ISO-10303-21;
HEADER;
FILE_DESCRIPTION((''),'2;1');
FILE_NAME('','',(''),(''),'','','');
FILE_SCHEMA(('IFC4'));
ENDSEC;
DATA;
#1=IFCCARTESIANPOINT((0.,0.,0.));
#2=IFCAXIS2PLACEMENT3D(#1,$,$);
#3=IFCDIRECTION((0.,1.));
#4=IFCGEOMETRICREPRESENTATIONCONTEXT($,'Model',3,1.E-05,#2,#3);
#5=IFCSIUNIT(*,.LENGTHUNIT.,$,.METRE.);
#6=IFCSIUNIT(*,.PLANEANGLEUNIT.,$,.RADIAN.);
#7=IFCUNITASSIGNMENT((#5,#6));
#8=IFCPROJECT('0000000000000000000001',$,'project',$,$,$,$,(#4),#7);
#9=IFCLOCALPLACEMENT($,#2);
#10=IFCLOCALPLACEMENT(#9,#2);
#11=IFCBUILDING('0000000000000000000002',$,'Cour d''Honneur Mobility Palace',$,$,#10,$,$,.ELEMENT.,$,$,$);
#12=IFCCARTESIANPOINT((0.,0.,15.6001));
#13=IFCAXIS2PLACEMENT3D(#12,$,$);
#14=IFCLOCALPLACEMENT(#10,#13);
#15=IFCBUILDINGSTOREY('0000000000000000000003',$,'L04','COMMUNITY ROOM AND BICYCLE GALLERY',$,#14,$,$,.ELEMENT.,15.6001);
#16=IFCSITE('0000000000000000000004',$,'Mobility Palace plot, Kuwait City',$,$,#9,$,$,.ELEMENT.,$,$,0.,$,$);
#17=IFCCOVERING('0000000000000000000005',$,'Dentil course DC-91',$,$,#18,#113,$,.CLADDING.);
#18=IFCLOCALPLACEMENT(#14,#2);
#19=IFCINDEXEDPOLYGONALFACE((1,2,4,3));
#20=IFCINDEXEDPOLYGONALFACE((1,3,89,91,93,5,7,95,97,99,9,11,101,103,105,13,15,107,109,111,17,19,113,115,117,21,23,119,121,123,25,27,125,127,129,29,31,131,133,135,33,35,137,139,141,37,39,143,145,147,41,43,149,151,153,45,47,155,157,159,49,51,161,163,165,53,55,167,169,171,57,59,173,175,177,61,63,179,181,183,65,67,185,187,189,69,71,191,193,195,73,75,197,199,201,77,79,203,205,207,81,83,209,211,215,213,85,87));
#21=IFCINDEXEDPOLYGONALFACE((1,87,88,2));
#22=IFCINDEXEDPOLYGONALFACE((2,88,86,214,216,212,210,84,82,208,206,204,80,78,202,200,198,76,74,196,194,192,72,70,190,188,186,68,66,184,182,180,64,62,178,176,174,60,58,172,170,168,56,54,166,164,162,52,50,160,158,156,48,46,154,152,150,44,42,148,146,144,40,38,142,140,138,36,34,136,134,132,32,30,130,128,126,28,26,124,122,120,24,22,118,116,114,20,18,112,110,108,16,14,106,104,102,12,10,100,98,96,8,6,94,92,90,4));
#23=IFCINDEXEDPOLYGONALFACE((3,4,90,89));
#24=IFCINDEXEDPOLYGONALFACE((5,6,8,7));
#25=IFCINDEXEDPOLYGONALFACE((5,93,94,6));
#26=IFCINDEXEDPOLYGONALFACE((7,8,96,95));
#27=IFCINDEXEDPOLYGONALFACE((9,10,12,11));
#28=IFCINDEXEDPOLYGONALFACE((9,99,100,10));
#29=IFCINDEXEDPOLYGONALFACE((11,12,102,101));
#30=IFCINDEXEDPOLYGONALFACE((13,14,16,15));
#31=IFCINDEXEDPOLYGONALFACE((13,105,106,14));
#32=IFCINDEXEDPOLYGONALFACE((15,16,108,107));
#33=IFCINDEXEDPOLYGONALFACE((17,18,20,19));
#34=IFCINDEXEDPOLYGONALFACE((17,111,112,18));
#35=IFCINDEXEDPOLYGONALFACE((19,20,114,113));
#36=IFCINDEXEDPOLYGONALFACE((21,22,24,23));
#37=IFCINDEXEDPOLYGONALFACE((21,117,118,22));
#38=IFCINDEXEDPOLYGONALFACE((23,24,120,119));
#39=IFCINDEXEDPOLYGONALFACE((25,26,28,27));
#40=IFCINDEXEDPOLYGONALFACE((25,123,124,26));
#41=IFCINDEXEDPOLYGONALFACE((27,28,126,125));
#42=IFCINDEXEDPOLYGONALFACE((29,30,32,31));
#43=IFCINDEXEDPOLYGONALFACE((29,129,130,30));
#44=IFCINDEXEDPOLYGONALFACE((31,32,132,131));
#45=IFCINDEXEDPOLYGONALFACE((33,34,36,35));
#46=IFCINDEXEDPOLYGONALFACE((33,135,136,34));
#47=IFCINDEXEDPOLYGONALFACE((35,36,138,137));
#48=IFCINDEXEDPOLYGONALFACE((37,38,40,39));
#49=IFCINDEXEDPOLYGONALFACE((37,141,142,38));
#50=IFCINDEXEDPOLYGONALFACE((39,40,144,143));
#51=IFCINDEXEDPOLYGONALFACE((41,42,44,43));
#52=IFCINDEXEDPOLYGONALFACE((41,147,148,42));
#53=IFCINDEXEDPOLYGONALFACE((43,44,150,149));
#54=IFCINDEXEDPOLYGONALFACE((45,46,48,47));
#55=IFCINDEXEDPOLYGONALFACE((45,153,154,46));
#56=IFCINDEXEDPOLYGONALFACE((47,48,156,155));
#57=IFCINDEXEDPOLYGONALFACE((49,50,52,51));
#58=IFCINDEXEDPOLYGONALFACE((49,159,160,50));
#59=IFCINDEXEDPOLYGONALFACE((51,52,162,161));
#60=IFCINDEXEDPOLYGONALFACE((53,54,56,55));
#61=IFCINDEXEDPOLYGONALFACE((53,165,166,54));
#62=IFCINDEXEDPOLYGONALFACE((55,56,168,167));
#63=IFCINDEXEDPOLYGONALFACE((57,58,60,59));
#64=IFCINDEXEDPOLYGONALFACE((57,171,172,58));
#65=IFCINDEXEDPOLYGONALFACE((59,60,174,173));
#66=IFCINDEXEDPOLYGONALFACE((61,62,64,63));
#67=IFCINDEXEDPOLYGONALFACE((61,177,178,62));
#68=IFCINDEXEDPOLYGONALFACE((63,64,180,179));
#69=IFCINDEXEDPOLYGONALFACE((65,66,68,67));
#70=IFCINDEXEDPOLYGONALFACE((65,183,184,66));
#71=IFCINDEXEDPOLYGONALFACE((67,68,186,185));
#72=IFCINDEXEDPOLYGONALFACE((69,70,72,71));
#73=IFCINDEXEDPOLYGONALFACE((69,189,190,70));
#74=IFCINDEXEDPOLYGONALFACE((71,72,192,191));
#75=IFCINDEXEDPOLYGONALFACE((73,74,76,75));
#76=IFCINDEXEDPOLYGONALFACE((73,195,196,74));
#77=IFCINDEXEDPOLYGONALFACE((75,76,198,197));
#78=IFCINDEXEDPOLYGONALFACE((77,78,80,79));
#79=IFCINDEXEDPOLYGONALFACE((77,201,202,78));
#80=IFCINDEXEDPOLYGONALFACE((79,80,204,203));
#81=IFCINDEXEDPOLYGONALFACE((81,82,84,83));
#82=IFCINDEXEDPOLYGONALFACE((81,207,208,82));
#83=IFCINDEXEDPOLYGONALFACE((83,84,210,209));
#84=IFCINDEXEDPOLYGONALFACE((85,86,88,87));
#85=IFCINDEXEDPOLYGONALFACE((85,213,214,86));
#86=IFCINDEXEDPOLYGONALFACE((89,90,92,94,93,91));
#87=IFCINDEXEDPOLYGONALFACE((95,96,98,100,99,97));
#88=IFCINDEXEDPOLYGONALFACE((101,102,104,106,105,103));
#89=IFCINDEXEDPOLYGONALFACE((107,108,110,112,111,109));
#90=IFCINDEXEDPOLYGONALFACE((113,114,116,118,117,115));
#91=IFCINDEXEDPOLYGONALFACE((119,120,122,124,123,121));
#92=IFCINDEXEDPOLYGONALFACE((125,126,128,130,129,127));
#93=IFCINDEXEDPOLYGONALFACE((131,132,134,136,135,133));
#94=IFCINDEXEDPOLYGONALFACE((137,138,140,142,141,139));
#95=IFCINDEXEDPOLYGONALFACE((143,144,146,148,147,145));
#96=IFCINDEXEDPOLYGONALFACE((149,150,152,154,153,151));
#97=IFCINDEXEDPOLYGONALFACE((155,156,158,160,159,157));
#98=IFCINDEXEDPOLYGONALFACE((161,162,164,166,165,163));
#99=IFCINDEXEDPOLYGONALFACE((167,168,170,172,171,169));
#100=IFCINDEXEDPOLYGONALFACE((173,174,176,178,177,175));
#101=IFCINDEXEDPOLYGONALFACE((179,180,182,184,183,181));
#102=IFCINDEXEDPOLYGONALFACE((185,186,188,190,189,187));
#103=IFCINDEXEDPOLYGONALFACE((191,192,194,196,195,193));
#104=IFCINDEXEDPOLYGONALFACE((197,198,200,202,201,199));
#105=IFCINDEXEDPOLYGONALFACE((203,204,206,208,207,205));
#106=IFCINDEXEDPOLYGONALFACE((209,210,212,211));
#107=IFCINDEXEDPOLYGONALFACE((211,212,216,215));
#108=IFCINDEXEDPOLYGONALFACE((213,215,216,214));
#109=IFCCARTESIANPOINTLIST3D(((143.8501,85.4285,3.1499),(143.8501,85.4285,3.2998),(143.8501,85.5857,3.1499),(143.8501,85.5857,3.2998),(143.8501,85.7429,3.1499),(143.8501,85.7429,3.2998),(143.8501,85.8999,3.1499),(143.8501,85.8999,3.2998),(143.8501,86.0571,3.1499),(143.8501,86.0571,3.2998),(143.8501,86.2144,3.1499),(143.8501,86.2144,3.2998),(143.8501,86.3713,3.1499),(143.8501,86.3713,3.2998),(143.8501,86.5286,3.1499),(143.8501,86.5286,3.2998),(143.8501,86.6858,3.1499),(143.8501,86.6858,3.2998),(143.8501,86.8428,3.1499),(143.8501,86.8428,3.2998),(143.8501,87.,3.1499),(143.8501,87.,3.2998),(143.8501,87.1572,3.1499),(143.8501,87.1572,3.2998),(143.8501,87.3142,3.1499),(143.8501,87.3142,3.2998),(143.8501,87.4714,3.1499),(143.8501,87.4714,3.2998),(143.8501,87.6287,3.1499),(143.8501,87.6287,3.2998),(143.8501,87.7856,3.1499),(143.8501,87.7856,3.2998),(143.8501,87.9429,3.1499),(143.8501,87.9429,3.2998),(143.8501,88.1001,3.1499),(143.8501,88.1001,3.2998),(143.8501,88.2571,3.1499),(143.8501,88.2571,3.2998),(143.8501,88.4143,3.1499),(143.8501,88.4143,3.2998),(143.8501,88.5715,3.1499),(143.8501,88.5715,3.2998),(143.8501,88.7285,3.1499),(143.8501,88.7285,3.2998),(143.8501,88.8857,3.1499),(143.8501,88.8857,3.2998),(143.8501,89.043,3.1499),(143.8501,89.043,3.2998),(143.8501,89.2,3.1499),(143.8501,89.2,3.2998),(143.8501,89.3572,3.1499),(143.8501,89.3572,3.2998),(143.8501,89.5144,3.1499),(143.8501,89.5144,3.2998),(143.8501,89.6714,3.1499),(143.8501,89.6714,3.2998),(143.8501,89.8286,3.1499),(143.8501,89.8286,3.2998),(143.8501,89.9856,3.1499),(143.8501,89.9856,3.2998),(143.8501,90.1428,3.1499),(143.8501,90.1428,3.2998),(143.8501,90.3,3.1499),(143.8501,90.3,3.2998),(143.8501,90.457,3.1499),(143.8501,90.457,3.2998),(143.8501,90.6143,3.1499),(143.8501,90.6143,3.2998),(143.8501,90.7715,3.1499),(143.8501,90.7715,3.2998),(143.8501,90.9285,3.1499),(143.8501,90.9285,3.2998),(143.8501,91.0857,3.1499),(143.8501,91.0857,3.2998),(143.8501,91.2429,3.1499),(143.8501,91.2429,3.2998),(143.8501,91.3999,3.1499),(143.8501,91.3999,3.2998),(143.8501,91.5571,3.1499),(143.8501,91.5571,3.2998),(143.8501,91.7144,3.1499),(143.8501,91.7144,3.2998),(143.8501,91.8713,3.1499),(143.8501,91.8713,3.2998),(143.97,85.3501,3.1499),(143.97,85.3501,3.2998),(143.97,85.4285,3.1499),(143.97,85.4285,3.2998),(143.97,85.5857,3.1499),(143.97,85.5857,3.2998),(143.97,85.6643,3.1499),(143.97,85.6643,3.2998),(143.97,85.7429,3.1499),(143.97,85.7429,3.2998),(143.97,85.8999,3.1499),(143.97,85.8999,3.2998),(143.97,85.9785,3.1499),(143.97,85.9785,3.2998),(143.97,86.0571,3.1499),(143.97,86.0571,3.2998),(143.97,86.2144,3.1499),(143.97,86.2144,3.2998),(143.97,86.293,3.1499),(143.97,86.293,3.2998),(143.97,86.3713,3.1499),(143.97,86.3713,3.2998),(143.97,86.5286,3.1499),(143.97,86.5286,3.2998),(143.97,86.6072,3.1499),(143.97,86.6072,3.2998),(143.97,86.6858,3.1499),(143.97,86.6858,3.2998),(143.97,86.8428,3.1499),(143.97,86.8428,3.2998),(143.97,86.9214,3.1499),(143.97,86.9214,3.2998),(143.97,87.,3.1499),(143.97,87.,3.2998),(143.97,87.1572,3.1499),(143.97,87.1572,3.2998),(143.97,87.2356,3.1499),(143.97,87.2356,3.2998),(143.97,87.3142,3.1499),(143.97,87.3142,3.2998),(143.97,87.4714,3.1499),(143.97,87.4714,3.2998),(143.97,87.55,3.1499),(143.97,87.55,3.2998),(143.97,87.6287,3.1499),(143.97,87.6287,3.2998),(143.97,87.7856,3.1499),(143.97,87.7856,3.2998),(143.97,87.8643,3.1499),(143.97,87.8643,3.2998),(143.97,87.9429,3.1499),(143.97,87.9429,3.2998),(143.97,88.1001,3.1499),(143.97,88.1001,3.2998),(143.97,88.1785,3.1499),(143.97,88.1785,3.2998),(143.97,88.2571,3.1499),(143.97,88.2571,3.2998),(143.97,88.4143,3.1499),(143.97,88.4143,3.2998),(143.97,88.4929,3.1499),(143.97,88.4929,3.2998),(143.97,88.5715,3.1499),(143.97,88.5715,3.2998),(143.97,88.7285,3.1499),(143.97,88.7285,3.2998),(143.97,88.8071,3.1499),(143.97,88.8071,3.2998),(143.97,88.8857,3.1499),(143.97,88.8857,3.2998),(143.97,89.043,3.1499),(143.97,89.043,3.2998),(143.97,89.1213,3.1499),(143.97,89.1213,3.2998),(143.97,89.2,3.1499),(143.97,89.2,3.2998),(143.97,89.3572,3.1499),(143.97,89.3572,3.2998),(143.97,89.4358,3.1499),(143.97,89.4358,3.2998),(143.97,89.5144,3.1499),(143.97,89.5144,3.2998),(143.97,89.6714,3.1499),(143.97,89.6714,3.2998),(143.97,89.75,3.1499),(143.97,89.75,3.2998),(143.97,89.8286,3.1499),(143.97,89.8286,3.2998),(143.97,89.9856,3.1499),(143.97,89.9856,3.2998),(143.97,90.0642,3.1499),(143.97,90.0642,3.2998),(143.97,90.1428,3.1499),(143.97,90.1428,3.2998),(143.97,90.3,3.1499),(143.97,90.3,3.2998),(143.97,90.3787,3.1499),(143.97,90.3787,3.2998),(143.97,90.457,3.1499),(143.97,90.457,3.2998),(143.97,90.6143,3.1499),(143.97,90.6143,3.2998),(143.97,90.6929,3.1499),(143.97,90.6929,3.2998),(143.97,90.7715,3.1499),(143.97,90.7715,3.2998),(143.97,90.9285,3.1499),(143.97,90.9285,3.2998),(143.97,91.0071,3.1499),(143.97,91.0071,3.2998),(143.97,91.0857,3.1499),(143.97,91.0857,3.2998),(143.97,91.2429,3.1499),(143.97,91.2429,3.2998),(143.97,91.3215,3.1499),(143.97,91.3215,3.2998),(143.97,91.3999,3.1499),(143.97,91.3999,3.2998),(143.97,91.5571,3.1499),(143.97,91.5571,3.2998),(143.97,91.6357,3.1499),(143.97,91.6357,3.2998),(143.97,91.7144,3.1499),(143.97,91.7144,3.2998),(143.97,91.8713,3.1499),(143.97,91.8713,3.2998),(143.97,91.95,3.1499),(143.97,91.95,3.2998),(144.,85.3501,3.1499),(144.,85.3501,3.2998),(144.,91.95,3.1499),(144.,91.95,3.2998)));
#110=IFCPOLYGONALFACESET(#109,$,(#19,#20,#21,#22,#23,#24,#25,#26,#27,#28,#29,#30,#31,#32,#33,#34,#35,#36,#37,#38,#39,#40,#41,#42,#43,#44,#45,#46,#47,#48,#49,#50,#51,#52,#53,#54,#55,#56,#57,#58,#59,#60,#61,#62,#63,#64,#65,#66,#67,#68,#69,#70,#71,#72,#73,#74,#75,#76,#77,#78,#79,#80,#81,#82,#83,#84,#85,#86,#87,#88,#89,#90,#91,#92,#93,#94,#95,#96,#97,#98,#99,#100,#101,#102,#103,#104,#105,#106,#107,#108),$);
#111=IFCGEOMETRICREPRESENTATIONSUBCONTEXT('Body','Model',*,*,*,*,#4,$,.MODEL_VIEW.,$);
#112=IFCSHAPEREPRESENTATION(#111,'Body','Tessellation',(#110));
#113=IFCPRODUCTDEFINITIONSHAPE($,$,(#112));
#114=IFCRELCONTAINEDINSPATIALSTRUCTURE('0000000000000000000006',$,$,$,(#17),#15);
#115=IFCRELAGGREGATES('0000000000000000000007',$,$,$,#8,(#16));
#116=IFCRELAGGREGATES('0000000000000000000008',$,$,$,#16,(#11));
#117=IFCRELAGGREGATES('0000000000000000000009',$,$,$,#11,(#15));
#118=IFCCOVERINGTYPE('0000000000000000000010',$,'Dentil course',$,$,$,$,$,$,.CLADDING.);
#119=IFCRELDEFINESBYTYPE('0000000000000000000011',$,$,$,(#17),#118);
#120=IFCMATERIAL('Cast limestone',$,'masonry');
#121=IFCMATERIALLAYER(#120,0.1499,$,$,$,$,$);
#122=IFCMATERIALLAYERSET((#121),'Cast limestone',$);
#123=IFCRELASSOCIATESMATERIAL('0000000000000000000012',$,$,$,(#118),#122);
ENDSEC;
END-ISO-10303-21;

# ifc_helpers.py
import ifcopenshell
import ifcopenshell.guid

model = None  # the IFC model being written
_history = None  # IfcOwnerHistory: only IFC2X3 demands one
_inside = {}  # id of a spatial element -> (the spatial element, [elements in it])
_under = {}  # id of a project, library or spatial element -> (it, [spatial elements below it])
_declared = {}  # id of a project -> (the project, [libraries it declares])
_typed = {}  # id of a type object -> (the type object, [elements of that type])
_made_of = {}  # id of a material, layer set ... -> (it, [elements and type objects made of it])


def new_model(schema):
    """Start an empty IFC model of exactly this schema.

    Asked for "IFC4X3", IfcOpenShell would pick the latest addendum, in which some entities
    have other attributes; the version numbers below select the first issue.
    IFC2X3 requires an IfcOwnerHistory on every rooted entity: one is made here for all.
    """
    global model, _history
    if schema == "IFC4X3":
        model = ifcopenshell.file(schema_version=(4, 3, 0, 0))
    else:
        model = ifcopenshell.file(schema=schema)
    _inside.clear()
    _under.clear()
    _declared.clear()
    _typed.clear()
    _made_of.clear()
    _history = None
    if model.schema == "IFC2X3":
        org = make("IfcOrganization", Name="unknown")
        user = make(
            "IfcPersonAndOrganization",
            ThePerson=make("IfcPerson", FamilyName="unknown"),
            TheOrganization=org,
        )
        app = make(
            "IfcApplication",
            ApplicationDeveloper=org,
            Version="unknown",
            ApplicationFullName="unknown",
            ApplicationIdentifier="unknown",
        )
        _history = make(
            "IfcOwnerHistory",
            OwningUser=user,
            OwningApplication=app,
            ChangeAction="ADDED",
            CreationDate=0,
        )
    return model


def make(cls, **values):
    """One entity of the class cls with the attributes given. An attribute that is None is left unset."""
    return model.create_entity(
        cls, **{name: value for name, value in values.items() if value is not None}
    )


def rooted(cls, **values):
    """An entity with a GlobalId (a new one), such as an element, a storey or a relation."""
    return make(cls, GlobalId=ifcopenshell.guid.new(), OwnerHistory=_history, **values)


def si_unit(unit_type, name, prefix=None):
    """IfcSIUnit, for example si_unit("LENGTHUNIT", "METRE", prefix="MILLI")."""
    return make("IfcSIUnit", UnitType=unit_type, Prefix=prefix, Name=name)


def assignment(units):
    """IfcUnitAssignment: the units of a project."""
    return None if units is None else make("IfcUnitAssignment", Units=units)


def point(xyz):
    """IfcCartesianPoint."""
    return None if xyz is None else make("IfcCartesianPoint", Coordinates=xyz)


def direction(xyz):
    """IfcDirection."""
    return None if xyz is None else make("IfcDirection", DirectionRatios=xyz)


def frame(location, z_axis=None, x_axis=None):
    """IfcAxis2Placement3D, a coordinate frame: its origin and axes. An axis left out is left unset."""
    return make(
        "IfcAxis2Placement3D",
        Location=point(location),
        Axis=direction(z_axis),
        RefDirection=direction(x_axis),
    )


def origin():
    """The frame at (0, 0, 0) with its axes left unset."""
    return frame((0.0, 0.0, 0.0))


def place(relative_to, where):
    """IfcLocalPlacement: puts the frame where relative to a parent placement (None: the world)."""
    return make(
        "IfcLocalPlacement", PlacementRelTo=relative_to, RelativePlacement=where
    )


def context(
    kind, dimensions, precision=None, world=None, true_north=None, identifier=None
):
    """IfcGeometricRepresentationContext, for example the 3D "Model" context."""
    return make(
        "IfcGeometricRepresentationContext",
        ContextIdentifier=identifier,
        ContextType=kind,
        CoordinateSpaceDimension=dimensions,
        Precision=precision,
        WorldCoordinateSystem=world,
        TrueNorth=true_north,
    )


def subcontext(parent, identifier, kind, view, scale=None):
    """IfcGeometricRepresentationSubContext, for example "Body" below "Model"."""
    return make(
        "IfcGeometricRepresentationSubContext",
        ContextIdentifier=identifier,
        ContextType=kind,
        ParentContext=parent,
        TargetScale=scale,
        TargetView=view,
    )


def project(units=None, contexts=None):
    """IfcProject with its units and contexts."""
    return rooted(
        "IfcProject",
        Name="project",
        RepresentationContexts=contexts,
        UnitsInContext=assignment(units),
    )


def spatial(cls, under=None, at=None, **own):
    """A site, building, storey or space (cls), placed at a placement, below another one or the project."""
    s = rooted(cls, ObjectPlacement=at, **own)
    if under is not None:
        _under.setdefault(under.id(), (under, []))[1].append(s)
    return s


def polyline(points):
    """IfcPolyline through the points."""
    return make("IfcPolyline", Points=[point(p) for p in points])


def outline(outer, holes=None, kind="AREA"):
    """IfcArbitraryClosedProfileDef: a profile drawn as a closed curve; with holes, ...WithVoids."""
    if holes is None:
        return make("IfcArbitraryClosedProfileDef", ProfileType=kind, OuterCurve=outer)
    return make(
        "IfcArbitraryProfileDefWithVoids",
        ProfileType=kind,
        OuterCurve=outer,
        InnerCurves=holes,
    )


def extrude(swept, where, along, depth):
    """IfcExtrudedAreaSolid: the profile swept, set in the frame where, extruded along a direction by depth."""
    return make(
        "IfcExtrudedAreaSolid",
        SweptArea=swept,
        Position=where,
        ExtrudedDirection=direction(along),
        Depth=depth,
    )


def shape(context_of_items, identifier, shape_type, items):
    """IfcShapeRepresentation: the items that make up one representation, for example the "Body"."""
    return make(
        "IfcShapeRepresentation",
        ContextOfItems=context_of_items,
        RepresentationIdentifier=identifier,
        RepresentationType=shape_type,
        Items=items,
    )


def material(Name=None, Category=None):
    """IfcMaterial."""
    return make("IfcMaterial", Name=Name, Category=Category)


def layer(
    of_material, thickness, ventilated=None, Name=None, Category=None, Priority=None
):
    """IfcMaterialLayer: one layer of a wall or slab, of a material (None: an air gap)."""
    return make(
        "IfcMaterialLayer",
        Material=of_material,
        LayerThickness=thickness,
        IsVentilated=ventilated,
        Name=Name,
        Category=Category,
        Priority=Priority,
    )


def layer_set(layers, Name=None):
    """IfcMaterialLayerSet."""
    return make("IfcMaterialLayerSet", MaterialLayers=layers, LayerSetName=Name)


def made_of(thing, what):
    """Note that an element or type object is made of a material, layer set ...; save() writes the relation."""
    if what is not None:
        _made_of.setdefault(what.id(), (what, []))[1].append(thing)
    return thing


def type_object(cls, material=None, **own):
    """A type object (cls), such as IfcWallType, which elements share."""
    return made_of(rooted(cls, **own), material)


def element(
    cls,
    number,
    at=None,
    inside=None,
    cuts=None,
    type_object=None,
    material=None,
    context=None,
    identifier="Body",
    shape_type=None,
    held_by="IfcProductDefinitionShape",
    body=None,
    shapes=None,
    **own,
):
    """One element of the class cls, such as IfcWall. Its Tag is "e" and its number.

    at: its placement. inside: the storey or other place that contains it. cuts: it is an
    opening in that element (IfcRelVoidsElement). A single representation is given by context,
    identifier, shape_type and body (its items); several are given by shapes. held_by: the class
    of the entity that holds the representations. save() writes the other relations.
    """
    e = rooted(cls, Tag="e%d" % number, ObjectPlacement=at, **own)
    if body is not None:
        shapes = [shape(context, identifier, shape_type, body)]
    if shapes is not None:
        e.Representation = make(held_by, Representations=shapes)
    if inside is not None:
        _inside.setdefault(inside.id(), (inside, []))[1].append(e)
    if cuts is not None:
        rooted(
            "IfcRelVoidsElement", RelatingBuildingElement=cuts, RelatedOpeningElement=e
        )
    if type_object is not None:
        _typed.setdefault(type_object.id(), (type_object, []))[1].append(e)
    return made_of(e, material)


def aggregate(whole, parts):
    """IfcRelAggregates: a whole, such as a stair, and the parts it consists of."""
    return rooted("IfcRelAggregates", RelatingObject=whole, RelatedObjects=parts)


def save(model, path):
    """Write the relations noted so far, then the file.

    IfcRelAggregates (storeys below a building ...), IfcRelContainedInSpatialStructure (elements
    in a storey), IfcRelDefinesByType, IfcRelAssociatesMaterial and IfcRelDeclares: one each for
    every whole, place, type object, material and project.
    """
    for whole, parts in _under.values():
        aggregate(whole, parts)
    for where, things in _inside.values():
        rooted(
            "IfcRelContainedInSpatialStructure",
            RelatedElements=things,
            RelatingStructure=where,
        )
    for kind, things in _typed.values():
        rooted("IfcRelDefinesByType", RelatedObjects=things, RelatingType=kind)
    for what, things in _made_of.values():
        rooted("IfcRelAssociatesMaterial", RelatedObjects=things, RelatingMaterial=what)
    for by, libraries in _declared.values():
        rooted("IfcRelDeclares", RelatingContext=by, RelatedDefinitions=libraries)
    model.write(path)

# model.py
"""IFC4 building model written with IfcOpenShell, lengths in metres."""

from ifc_helpers import new_model, si_unit, direction, frame, origin, place, context, subcontext, project, spatial, polyline, outline, extrude, material, layer, layer_set, type_object, element, save


model = new_model("IFC4")

# Units and contexts
model_context = context("Model", 3, precision=1e-05, world=origin(), true_north=direction((0.0, 1.0)))
body_context = subcontext(model_context, "Body", "Model", "MODEL_VIEW")
ifc_project = project(units=[si_unit("LENGTHUNIT", "METRE"), si_unit("PLANEANGLEUNIT", "RADIAN")], contexts=[model_context])

# Site, building, storey
site_placement = place(None, origin())
site = spatial("IfcSite", under=ifc_project, at=site_placement, Name="Mobility Palace plot, Kuwait City", CompositionType="ELEMENT", RefElevation=0.0)
building_placement = place(site_placement, origin())
building = spatial("IfcBuilding", under=site, at=building_placement, Name="Cour d'Honneur Mobility Palace", CompositionType="ELEMENT")
storey_placement = place(building_placement, frame((0.0, 0.0, 15.6001)))
storey = spatial("IfcBuildingStorey", under=building, at=storey_placement, Name="L04", Description="COMMUNITY ROOM AND BICYCLE GALLERY", CompositionType="ELEMENT", Elevation=15.6001)

# Covering
ifc_material = material(Name="Cast limestone", Category="masonry")
ifc_layer = layer(ifc_material, 0.1499)
ifc_layer_set = layer_set([ifc_layer], Name="Cast limestone")
covering_type = type_object("IfcCoveringType", Name="Dentil course", PredefinedType="CLADDING", material=ifc_layer_set)
covering_1_placement = place(storey_placement, frame((0.0, 0.0, 3.1499)))
element("IfcCovering", 1, at=covering_1_placement, inside=storey, type_object=covering_type, Name="Dentil course DC-91", PredefinedType="CLADDING", context=body_context, shape_type="SweptSolid", body=[
    extrude(outline(polyline([(144.0, 91.95), (144.0, 85.3501), (143.97, 85.3501), (143.97, 85.3501), (143.97, 85.4285), (143.8501, 85.4285), (143.8501, 85.5857), (143.97, 85.5857), (143.97, 85.6643), (143.97, 85.6643), (143.97, 85.7429), (143.8501, 85.7429), (143.8501, 85.8999), (143.97, 85.8999), (143.97, 85.9785), (143.97, 85.9785), (143.97, 86.0571), (143.8501, 86.0571), (143.8501, 86.2144), (143.97, 86.2144), (143.97, 86.293), (143.97, 86.293), (143.97, 86.3713), (143.8501, 86.3713), (143.8501, 86.5286), (143.97, 86.5286), (143.97, 86.6072), (143.97, 86.6072), (143.97, 86.6858), (143.8501, 86.6858), (143.8501, 86.8428), (143.97, 86.8428), (143.97, 86.9214), (143.97, 86.9214), (143.97, 87.0), (143.8501, 87.0), (143.8501, 87.1572), (143.97, 87.1572), (143.97, 87.2356), (143.97, 87.2356), (143.97, 87.3142), (143.8501, 87.3142), (143.8501, 87.4714), (143.97, 87.4714), (143.97, 87.55), (143.97, 87.55), (143.97, 87.6287), (143.8501, 87.6287), (143.8501, 87.7856), (143.97, 87.7856), (143.97, 87.8643), (143.97, 87.8643), (143.97, 87.9429), (143.8501, 87.9429), (143.8501, 88.1001), (143.97, 88.1001), (143.97, 88.1785), (143.97, 88.1785), (143.97, 88.2571), (143.8501, 88.2571), (143.8501, 88.4143), (143.97, 88.4143), (143.97, 88.4929), (143.97, 88.4929), (143.97, 88.5715), (143.8501, 88.5715), (143.8501, 88.7285), (143.97, 88.7285), (143.97, 88.8071), (143.97, 88.8071), (143.97, 88.8857), (143.8501, 88.8857), (143.8501, 89.043), (143.97, 89.043), (143.97, 89.1213), (143.97, 89.1213), (143.97, 89.2), (143.8501, 89.2), (143.8501, 89.3572), (143.97, 89.3572), (143.97, 89.4358), (143.97, 89.4358), (143.97, 89.5144), (143.8501, 89.5144), (143.8501, 89.6714), (143.97, 89.6714), (143.97, 89.75), (143.97, 89.75), (143.97, 89.8286), (143.8501, 89.8286), (143.8501, 89.9856), (143.97, 89.9856), (143.97, 90.0642), (143.97, 90.0642), (143.97, 90.1428), (143.8501, 90.1428), (143.8501, 90.3), (143.97, 90.3), (143.97, 90.3787), (143.97, 90.3787), (143.97, 90.457), (143.8501, 90.457), (143.8501, 90.6143), (143.97, 90.6143), (143.97, 90.6929), (143.97, 90.6929), (143.97, 90.7715), (143.8501, 90.7715), (143.8501, 90.9285), (143.97, 90.9285), (143.97, 91.0071), (143.97, 91.0071), (143.97, 91.0857), (143.8501, 91.0857), (143.8501, 91.2429), (143.97, 91.2429), (143.97, 91.3215), (143.97, 91.3215), (143.97, 91.3999), (143.8501, 91.3999), (143.8501, 91.5571), (143.97, 91.5571), (143.97, 91.6357), (143.97, 91.6357), (143.97, 91.7144), (143.8501, 91.7144), (143.8501, 91.8713), (143.97, 91.8713), (143.97, 91.95), (144.0, 91.95)])), origin(), (0.0, 0.0, 1.0), 0.1499),
])

save(model, "model.ifc")
